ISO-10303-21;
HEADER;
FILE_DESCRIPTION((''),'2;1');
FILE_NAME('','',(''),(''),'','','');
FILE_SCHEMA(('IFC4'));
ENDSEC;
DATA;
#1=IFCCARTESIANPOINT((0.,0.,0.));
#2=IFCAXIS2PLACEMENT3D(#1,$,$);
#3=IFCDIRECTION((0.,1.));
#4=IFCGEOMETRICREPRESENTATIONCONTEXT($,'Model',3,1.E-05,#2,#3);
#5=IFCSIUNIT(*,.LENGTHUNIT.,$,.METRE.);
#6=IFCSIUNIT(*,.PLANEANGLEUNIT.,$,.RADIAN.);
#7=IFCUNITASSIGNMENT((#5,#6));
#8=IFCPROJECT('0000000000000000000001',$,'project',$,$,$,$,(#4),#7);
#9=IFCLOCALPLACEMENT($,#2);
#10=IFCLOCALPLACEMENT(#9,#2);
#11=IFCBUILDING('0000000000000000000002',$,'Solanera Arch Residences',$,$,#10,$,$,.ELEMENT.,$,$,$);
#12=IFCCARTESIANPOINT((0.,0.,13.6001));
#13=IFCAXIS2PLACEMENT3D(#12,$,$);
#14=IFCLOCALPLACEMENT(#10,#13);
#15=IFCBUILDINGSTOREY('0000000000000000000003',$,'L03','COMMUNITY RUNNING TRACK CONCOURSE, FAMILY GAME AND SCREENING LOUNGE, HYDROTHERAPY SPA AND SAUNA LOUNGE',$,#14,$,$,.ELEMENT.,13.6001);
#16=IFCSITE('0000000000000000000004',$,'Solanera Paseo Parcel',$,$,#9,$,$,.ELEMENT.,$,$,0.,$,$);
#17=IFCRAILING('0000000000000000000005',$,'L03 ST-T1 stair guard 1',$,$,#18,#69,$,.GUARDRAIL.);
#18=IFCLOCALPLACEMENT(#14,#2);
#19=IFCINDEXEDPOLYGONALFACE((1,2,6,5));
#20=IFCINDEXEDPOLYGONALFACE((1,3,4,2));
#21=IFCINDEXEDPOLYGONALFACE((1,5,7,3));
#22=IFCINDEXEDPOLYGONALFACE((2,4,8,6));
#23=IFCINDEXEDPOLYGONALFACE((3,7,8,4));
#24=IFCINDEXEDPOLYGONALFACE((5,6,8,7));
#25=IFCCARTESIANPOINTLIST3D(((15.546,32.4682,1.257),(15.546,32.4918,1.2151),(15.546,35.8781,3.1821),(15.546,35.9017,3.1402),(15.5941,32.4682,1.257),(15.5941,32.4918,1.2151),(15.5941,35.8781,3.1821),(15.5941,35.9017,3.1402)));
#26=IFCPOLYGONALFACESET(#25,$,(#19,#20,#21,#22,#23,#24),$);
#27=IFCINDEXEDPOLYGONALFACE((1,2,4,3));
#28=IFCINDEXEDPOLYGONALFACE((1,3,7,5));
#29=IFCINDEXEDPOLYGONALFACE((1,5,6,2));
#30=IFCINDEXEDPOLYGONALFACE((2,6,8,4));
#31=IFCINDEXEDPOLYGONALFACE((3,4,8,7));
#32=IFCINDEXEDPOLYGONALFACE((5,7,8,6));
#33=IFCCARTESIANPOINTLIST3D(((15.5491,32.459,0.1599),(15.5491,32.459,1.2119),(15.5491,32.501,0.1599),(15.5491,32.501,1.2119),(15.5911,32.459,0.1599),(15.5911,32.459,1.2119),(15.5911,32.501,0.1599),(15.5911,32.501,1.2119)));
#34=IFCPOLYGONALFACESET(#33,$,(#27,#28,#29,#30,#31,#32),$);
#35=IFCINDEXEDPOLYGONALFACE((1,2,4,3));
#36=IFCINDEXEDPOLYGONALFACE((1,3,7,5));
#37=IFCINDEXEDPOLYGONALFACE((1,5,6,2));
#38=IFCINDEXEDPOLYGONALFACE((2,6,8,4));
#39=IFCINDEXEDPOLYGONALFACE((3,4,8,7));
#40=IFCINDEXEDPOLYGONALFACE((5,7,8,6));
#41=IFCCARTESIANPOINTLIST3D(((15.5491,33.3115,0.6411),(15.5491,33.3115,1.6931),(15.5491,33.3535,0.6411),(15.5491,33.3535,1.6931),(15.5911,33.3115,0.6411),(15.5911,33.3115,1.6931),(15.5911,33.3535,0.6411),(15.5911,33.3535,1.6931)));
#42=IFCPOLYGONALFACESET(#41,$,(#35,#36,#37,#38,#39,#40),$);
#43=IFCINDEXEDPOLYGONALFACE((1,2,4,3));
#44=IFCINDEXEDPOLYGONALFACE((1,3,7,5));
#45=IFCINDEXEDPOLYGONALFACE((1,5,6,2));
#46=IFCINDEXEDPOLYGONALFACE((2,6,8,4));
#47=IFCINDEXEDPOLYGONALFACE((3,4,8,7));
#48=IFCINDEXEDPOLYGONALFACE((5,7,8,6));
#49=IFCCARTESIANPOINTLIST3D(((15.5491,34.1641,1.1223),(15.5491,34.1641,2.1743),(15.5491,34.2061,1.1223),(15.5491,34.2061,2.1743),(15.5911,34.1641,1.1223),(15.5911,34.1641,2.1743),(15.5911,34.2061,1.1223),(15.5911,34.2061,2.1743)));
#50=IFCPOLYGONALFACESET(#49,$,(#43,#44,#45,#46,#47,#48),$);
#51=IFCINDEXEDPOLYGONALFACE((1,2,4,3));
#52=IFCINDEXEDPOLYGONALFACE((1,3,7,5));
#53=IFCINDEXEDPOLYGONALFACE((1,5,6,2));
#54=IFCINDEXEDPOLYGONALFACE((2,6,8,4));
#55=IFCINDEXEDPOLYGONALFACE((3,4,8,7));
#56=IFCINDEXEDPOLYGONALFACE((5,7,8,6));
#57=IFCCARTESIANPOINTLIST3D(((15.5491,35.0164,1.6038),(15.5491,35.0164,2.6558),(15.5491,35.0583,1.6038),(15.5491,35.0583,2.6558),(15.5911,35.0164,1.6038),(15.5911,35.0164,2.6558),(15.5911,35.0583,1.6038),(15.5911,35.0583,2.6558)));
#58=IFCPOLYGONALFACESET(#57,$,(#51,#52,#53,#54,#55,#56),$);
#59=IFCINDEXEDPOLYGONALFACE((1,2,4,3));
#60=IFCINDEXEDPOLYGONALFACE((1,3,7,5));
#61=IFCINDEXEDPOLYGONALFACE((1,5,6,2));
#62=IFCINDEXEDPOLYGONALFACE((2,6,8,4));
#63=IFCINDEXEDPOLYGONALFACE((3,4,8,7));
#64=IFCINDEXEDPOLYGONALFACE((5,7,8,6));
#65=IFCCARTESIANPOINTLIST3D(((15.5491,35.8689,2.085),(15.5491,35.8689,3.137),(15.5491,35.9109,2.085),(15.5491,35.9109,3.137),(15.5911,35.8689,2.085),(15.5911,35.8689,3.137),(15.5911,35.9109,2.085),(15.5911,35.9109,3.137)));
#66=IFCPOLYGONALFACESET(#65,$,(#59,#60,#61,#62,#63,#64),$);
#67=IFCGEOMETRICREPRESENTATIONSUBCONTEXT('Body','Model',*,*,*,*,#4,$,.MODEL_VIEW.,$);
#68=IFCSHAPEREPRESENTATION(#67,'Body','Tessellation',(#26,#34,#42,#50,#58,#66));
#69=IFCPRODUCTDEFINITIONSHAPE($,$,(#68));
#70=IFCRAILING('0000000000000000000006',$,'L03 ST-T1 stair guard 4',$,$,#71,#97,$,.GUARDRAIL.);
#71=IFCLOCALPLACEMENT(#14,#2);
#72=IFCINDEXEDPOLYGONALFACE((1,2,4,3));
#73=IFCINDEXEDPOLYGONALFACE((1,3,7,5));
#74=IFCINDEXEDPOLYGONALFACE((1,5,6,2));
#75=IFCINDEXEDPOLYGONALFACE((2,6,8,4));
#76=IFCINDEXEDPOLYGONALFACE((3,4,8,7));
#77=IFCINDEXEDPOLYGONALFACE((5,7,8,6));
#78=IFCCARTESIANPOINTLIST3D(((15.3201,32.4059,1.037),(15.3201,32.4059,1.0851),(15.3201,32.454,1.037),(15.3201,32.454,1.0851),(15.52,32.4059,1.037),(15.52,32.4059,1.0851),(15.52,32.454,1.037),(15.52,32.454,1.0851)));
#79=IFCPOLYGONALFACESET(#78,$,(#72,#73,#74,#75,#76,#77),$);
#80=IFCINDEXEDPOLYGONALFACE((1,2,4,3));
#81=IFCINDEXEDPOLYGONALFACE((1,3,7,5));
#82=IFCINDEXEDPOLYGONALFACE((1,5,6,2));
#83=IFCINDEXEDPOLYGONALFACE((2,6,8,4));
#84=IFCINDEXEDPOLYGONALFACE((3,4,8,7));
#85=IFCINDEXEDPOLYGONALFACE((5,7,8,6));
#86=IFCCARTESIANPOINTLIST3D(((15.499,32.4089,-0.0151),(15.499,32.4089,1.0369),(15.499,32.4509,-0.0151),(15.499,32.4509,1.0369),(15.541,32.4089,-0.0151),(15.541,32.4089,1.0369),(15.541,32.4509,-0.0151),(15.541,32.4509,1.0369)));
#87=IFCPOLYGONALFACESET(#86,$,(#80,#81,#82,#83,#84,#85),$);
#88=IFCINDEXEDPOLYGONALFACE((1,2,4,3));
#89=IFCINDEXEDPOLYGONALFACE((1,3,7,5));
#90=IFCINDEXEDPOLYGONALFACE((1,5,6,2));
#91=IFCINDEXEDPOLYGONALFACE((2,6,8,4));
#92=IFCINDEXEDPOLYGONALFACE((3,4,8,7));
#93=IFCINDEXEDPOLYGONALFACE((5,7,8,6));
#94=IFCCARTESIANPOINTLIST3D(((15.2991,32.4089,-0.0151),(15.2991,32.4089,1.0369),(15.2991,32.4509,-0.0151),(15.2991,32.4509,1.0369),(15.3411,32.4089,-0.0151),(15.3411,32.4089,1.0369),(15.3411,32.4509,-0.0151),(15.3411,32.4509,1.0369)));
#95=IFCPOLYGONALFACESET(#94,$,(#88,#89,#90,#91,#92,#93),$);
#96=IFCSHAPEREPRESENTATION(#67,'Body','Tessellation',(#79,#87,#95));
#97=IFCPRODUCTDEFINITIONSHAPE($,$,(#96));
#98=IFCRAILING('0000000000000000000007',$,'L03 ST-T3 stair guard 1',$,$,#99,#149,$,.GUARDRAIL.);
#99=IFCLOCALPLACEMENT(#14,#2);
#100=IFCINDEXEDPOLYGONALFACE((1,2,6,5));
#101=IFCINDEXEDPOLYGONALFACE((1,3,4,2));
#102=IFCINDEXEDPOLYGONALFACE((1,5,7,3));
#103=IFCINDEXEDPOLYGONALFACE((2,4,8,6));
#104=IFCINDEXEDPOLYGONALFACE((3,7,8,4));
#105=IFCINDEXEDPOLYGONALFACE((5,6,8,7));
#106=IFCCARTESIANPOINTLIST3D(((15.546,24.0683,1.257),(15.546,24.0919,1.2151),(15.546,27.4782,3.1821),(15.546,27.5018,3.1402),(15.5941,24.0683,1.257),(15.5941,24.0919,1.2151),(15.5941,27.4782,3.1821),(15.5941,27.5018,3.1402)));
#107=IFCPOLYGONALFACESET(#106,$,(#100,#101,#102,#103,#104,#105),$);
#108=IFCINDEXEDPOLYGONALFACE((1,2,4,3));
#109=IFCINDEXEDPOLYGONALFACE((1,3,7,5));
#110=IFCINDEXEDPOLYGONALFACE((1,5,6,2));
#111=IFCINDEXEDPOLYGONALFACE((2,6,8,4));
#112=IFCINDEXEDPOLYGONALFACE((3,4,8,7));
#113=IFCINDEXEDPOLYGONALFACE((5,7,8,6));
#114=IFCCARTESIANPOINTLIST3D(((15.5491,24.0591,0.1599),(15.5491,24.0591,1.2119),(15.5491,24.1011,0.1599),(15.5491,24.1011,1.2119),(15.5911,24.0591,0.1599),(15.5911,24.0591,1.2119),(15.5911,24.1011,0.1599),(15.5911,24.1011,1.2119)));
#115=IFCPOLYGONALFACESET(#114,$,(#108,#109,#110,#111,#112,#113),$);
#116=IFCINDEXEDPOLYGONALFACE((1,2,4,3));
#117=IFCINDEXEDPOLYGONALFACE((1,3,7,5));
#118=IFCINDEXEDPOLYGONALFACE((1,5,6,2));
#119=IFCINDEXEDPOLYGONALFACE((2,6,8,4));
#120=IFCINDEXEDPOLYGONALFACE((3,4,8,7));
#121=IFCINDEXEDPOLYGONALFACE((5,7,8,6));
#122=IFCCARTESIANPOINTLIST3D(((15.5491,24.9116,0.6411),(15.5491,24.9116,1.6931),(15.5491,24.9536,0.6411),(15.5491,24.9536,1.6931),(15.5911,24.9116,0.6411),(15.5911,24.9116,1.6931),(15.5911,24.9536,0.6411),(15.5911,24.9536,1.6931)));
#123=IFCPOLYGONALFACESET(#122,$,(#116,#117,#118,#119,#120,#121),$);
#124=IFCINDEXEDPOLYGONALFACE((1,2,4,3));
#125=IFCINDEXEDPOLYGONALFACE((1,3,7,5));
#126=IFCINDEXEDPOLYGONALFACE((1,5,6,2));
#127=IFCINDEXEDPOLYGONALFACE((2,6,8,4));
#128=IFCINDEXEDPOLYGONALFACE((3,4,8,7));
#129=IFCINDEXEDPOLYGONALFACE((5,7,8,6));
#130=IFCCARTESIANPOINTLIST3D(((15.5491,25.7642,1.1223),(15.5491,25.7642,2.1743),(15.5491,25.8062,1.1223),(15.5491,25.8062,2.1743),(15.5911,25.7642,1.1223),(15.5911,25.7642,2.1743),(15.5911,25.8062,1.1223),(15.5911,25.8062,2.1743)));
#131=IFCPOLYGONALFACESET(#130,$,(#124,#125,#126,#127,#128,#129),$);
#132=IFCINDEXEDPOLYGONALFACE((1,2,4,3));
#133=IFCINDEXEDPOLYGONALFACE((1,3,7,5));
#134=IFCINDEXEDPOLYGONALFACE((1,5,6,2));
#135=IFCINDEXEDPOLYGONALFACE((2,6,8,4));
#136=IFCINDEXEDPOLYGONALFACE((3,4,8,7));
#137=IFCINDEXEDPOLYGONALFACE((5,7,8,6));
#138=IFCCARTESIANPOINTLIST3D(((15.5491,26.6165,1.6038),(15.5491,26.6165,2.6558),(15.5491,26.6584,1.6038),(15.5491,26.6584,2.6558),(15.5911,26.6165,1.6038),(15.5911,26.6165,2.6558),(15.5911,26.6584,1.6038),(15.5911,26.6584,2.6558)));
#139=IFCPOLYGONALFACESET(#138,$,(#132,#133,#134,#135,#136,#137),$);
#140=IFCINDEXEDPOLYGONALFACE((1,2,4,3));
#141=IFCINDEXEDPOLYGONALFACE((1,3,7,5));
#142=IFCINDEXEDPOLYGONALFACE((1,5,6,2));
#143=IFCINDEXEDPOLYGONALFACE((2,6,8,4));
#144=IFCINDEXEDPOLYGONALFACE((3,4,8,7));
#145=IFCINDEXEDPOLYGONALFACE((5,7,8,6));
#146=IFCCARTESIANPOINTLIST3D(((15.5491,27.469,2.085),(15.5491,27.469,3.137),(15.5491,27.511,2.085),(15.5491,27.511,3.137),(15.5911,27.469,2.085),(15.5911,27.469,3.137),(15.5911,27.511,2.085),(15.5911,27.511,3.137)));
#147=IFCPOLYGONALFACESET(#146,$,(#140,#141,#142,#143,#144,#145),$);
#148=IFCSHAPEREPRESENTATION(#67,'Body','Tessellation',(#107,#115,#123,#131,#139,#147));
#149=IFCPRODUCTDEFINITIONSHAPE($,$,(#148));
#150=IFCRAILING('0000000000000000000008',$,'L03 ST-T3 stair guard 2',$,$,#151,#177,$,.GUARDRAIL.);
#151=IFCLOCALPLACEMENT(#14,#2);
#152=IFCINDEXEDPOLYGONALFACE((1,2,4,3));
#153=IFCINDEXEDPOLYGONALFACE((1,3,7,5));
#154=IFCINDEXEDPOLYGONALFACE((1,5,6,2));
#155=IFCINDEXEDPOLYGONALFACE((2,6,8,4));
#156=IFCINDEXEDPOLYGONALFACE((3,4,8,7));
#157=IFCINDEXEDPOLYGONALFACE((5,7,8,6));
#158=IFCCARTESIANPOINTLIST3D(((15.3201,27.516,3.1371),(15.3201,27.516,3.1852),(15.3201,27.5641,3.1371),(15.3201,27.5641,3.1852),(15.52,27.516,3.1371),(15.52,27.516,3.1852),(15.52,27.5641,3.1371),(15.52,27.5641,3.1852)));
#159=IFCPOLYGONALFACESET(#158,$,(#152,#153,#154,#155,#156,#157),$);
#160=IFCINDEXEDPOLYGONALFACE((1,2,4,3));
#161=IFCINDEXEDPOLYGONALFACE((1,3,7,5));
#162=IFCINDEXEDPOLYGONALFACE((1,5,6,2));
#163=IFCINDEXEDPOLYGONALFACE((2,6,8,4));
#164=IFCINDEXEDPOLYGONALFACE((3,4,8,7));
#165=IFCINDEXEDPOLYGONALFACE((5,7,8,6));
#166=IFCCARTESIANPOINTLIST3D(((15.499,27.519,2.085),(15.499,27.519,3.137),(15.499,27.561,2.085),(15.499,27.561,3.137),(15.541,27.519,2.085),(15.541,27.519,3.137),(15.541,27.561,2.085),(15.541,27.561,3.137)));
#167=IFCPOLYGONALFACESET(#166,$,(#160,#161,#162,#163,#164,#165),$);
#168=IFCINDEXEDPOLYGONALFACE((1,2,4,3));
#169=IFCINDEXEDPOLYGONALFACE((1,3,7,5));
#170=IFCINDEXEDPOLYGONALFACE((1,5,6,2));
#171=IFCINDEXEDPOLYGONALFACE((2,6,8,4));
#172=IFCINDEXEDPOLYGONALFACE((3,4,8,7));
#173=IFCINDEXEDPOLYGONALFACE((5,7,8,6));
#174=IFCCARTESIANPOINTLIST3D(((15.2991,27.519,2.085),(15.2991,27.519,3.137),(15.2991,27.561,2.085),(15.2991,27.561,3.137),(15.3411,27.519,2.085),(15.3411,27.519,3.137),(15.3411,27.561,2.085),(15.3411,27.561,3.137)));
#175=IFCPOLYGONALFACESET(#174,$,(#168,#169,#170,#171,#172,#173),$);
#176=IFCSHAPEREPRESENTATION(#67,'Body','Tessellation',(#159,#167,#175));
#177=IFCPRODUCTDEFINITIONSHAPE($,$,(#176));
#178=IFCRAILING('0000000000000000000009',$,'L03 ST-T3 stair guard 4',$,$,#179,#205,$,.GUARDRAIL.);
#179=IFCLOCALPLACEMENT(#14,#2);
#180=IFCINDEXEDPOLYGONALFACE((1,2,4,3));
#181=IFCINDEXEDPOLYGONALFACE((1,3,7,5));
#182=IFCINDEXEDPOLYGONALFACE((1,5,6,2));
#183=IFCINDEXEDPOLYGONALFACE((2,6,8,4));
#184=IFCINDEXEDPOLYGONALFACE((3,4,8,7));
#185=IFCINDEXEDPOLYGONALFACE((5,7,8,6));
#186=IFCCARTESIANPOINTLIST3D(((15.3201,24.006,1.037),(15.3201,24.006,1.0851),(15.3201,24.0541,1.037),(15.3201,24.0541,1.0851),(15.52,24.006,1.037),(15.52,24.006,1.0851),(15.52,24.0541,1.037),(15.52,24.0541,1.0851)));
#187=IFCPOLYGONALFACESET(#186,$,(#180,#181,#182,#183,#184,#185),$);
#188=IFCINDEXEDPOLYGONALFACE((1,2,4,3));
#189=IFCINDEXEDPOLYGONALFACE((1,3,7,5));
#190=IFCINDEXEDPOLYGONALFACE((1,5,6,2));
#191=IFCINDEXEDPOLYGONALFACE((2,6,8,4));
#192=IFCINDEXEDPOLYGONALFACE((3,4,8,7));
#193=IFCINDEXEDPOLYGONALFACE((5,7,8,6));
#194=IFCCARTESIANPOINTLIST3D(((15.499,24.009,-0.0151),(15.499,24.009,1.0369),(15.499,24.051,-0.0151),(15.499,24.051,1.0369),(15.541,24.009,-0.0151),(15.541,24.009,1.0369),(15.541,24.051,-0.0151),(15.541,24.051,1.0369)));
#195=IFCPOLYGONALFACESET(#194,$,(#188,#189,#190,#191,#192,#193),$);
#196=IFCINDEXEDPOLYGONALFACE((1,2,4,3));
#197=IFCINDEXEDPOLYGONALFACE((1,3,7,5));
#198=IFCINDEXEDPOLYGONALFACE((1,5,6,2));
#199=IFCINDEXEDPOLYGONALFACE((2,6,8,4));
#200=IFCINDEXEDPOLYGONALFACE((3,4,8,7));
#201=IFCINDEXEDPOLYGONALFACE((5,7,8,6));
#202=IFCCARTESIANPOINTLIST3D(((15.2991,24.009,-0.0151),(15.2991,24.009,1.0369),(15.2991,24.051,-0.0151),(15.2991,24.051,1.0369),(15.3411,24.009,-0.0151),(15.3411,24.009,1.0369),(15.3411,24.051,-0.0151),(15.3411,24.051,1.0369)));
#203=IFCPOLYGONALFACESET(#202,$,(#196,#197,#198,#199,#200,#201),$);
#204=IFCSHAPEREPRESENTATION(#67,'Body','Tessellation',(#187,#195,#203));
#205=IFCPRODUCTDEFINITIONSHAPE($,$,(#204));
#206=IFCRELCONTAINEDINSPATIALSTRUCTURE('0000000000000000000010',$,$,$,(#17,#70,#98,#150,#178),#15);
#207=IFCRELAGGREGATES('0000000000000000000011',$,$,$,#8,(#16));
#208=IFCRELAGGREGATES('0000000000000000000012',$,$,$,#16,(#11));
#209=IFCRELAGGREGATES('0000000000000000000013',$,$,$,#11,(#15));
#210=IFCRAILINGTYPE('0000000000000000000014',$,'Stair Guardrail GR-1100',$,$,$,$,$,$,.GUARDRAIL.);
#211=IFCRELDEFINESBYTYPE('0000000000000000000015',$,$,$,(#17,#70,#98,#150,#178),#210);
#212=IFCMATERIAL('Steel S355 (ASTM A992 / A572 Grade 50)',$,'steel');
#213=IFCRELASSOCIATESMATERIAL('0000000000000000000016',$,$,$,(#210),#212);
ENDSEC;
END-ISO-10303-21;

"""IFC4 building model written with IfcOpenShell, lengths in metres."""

from ifc_helpers import new_model, si_unit, direction, frame, origin, origin_2d, place, context, subcontext, project, spatial, rectangle, extrude, material, type_object, element, save


model = new_model("IFC4")

# Units and contexts
model_context = context("Model", 3, precision=1e-05, world=origin(), true_north=direction((0.0, 1.0)))
body_context = subcontext(model_context, "Body", "Model", "MODEL_VIEW")
ifc_project = project(units=[si_unit("LENGTHUNIT", "METRE"), si_unit("PLANEANGLEUNIT", "RADIAN")], contexts=[model_context])

# Site, building, storey
site_placement = place(None, origin())
site = spatial("IfcSite", under=ifc_project, at=site_placement, Name="Solanera Paseo Parcel", CompositionType="ELEMENT", RefElevation=0.0)
building_placement = place(site_placement, origin())
building = spatial("IfcBuilding", under=site, at=building_placement, Name="Solanera Arch Residences", CompositionType="ELEMENT")
storey_placement = place(building_placement, frame((0.0, 0.0, 13.6001)))
storey = spatial("IfcBuildingStorey", under=building, at=storey_placement, Name="L03", Description="COMMUNITY RUNNING TRACK CONCOURSE, FAMILY GAME AND SCREENING LOUNGE, HYDROTHERAPY SPA AND SAUNA LOUNGE", CompositionType="ELEMENT", Elevation=13.6001)

# Railings
ifc_material_1 = material(Name="Steel S355 (ASTM A992 / A572 Grade 50)", Category="steel")
railing_type_1 = type_object("IfcRailingType", Name="Stair Guardrail GR-1100", PredefinedType="GUARDRAIL", material=ifc_material_1)
railing_1_placement = place(storey_placement, frame((15.5701, 32.48, 0.1599)))
element("IfcRailing", 1, at=railing_1_placement, inside=storey, type_object=railing_type_1, Name="L03 ST-T1 stair guard 1", PredefinedType="GUARDRAIL", context=body_context, shape_type="SweptSolid", body=[
    extrude(rectangle(XDim=0.0481, YDim=0.0481, at=origin_2d()), frame((0.0, 0.0, 1.0762), z_axis=(0.0, 0.870814, 0.491613), x_axis=(-1.0, 0.0, 0.0)), (0.0, 0.0, 1.0), 3.9158),
    extrude(rectangle(XDim=0.042, YDim=0.042, at=origin_2d()), origin(), (0.0, 0.0, 1.0), 1.052),
    extrude(rectangle(XDim=0.042, YDim=0.042, at=origin_2d()), frame((0.0, 0.8525, 0.4812)), (0.0, 0.0, 1.0), 1.052),
    extrude(rectangle(XDim=0.042, YDim=0.042, at=origin_2d()), frame((0.0, 1.7051, 0.9624)), (0.0, 0.0, 1.0), 1.052),
    extrude(rectangle(XDim=0.042, YDim=0.042, at=origin_2d()), frame((0.0, 2.5574, 1.4438)), (0.0, 0.0, 1.0), 1.052),
    extrude(rectangle(XDim=0.042, YDim=0.042, at=origin_2d()), frame((0.0, 3.4099, 1.925)), (0.0, 0.0, 1.0), 1.052),
])
railing_2_placement = place(storey_placement, frame((15.52, 32.4299, -0.0151)))
element("IfcRailing", 2, at=railing_2_placement, inside=storey, type_object=railing_type_1, Name="L03 ST-T1 stair guard 4", PredefinedType="GUARDRAIL", context=body_context, shape_type="SweptSolid", body=[
    extrude(rectangle(XDim=0.0481, YDim=0.0481, at=origin_2d()), frame((0.0, 0.0, 1.0762), z_axis=(-1.0, 0.0, 0.0), x_axis=(0.0, -1.0, 0.0)), (0.0, 0.0, 1.0), 0.2),
    extrude(rectangle(XDim=0.042, YDim=0.042, at=origin_2d()), origin(), (0.0, 0.0, 1.0), 1.052),
    extrude(rectangle(XDim=0.042, YDim=0.042, at=origin_2d()), frame((-0.2, 0.0, 0.0)), (0.0, 0.0, 1.0), 1.052),
])
railing_3_placement = place(storey_placement, frame((15.5701, 24.0801, 0.1599)))
element("IfcRailing", 3, at=railing_3_placement, inside=storey, type_object=railing_type_1, Name="L03 ST-T3 stair guard 1", PredefinedType="GUARDRAIL", context=body_context, shape_type="SweptSolid", body=[
    extrude(rectangle(XDim=0.0481, YDim=0.0481, at=origin_2d()), frame((0.0, 0.0, 1.0762), z_axis=(0.0, 0.870814, 0.491613), x_axis=(-1.0, 0.0, 0.0)), (0.0, 0.0, 1.0), 3.9158),
    extrude(rectangle(XDim=0.042, YDim=0.042, at=origin_2d()), origin(), (0.0, 0.0, 1.0), 1.052),
    extrude(rectangle(XDim=0.042, YDim=0.042, at=origin_2d()), frame((0.0, 0.8525, 0.4812)), (0.0, 0.0, 1.0), 1.052),
    extrude(rectangle(XDim=0.042, YDim=0.042, at=origin_2d()), frame((0.0, 1.7051, 0.9624)), (0.0, 0.0, 1.0), 1.052),
    extrude(rectangle(XDim=0.042, YDim=0.042, at=origin_2d()), frame((0.0, 2.5574, 1.4438)), (0.0, 0.0, 1.0), 1.052),
    extrude(rectangle(XDim=0.042, YDim=0.042, at=origin_2d()), frame((0.0, 3.4099, 1.925)), (0.0, 0.0, 1.0), 1.052),
])
for number, where, name in (
    (4, (15.52, 27.54, 2.085), "L03 ST-T3 stair guard 2"),
    (5, (15.52, 24.03, -0.0151), "L03 ST-T3 stair guard 4"),
):
    element("IfcRailing", number, at=place(storey_placement, frame(where)), inside=storey, type_object=railing_type_1, Name=name, PredefinedType="GUARDRAIL", context=body_context, shape_type="SweptSolid", body=[
        extrude(rectangle(XDim=0.0481, YDim=0.0481, at=origin_2d()), frame((0.0, 0.0, 1.0762), z_axis=(-1.0, 0.0, 0.0), x_axis=(0.0, -1.0, 0.0)), (0.0, 0.0, 1.0), 0.2),
        extrude(rectangle(XDim=0.042, YDim=0.042, at=origin_2d()), origin(), (0.0, 0.0, 1.0), 1.052),
        extrude(rectangle(XDim=0.042, YDim=0.042, at=origin_2d()), frame((-0.2, 0.0, 0.0)), (0.0, 0.0, 1.0), 1.052),
    ])

save(model, "model.ifc")
